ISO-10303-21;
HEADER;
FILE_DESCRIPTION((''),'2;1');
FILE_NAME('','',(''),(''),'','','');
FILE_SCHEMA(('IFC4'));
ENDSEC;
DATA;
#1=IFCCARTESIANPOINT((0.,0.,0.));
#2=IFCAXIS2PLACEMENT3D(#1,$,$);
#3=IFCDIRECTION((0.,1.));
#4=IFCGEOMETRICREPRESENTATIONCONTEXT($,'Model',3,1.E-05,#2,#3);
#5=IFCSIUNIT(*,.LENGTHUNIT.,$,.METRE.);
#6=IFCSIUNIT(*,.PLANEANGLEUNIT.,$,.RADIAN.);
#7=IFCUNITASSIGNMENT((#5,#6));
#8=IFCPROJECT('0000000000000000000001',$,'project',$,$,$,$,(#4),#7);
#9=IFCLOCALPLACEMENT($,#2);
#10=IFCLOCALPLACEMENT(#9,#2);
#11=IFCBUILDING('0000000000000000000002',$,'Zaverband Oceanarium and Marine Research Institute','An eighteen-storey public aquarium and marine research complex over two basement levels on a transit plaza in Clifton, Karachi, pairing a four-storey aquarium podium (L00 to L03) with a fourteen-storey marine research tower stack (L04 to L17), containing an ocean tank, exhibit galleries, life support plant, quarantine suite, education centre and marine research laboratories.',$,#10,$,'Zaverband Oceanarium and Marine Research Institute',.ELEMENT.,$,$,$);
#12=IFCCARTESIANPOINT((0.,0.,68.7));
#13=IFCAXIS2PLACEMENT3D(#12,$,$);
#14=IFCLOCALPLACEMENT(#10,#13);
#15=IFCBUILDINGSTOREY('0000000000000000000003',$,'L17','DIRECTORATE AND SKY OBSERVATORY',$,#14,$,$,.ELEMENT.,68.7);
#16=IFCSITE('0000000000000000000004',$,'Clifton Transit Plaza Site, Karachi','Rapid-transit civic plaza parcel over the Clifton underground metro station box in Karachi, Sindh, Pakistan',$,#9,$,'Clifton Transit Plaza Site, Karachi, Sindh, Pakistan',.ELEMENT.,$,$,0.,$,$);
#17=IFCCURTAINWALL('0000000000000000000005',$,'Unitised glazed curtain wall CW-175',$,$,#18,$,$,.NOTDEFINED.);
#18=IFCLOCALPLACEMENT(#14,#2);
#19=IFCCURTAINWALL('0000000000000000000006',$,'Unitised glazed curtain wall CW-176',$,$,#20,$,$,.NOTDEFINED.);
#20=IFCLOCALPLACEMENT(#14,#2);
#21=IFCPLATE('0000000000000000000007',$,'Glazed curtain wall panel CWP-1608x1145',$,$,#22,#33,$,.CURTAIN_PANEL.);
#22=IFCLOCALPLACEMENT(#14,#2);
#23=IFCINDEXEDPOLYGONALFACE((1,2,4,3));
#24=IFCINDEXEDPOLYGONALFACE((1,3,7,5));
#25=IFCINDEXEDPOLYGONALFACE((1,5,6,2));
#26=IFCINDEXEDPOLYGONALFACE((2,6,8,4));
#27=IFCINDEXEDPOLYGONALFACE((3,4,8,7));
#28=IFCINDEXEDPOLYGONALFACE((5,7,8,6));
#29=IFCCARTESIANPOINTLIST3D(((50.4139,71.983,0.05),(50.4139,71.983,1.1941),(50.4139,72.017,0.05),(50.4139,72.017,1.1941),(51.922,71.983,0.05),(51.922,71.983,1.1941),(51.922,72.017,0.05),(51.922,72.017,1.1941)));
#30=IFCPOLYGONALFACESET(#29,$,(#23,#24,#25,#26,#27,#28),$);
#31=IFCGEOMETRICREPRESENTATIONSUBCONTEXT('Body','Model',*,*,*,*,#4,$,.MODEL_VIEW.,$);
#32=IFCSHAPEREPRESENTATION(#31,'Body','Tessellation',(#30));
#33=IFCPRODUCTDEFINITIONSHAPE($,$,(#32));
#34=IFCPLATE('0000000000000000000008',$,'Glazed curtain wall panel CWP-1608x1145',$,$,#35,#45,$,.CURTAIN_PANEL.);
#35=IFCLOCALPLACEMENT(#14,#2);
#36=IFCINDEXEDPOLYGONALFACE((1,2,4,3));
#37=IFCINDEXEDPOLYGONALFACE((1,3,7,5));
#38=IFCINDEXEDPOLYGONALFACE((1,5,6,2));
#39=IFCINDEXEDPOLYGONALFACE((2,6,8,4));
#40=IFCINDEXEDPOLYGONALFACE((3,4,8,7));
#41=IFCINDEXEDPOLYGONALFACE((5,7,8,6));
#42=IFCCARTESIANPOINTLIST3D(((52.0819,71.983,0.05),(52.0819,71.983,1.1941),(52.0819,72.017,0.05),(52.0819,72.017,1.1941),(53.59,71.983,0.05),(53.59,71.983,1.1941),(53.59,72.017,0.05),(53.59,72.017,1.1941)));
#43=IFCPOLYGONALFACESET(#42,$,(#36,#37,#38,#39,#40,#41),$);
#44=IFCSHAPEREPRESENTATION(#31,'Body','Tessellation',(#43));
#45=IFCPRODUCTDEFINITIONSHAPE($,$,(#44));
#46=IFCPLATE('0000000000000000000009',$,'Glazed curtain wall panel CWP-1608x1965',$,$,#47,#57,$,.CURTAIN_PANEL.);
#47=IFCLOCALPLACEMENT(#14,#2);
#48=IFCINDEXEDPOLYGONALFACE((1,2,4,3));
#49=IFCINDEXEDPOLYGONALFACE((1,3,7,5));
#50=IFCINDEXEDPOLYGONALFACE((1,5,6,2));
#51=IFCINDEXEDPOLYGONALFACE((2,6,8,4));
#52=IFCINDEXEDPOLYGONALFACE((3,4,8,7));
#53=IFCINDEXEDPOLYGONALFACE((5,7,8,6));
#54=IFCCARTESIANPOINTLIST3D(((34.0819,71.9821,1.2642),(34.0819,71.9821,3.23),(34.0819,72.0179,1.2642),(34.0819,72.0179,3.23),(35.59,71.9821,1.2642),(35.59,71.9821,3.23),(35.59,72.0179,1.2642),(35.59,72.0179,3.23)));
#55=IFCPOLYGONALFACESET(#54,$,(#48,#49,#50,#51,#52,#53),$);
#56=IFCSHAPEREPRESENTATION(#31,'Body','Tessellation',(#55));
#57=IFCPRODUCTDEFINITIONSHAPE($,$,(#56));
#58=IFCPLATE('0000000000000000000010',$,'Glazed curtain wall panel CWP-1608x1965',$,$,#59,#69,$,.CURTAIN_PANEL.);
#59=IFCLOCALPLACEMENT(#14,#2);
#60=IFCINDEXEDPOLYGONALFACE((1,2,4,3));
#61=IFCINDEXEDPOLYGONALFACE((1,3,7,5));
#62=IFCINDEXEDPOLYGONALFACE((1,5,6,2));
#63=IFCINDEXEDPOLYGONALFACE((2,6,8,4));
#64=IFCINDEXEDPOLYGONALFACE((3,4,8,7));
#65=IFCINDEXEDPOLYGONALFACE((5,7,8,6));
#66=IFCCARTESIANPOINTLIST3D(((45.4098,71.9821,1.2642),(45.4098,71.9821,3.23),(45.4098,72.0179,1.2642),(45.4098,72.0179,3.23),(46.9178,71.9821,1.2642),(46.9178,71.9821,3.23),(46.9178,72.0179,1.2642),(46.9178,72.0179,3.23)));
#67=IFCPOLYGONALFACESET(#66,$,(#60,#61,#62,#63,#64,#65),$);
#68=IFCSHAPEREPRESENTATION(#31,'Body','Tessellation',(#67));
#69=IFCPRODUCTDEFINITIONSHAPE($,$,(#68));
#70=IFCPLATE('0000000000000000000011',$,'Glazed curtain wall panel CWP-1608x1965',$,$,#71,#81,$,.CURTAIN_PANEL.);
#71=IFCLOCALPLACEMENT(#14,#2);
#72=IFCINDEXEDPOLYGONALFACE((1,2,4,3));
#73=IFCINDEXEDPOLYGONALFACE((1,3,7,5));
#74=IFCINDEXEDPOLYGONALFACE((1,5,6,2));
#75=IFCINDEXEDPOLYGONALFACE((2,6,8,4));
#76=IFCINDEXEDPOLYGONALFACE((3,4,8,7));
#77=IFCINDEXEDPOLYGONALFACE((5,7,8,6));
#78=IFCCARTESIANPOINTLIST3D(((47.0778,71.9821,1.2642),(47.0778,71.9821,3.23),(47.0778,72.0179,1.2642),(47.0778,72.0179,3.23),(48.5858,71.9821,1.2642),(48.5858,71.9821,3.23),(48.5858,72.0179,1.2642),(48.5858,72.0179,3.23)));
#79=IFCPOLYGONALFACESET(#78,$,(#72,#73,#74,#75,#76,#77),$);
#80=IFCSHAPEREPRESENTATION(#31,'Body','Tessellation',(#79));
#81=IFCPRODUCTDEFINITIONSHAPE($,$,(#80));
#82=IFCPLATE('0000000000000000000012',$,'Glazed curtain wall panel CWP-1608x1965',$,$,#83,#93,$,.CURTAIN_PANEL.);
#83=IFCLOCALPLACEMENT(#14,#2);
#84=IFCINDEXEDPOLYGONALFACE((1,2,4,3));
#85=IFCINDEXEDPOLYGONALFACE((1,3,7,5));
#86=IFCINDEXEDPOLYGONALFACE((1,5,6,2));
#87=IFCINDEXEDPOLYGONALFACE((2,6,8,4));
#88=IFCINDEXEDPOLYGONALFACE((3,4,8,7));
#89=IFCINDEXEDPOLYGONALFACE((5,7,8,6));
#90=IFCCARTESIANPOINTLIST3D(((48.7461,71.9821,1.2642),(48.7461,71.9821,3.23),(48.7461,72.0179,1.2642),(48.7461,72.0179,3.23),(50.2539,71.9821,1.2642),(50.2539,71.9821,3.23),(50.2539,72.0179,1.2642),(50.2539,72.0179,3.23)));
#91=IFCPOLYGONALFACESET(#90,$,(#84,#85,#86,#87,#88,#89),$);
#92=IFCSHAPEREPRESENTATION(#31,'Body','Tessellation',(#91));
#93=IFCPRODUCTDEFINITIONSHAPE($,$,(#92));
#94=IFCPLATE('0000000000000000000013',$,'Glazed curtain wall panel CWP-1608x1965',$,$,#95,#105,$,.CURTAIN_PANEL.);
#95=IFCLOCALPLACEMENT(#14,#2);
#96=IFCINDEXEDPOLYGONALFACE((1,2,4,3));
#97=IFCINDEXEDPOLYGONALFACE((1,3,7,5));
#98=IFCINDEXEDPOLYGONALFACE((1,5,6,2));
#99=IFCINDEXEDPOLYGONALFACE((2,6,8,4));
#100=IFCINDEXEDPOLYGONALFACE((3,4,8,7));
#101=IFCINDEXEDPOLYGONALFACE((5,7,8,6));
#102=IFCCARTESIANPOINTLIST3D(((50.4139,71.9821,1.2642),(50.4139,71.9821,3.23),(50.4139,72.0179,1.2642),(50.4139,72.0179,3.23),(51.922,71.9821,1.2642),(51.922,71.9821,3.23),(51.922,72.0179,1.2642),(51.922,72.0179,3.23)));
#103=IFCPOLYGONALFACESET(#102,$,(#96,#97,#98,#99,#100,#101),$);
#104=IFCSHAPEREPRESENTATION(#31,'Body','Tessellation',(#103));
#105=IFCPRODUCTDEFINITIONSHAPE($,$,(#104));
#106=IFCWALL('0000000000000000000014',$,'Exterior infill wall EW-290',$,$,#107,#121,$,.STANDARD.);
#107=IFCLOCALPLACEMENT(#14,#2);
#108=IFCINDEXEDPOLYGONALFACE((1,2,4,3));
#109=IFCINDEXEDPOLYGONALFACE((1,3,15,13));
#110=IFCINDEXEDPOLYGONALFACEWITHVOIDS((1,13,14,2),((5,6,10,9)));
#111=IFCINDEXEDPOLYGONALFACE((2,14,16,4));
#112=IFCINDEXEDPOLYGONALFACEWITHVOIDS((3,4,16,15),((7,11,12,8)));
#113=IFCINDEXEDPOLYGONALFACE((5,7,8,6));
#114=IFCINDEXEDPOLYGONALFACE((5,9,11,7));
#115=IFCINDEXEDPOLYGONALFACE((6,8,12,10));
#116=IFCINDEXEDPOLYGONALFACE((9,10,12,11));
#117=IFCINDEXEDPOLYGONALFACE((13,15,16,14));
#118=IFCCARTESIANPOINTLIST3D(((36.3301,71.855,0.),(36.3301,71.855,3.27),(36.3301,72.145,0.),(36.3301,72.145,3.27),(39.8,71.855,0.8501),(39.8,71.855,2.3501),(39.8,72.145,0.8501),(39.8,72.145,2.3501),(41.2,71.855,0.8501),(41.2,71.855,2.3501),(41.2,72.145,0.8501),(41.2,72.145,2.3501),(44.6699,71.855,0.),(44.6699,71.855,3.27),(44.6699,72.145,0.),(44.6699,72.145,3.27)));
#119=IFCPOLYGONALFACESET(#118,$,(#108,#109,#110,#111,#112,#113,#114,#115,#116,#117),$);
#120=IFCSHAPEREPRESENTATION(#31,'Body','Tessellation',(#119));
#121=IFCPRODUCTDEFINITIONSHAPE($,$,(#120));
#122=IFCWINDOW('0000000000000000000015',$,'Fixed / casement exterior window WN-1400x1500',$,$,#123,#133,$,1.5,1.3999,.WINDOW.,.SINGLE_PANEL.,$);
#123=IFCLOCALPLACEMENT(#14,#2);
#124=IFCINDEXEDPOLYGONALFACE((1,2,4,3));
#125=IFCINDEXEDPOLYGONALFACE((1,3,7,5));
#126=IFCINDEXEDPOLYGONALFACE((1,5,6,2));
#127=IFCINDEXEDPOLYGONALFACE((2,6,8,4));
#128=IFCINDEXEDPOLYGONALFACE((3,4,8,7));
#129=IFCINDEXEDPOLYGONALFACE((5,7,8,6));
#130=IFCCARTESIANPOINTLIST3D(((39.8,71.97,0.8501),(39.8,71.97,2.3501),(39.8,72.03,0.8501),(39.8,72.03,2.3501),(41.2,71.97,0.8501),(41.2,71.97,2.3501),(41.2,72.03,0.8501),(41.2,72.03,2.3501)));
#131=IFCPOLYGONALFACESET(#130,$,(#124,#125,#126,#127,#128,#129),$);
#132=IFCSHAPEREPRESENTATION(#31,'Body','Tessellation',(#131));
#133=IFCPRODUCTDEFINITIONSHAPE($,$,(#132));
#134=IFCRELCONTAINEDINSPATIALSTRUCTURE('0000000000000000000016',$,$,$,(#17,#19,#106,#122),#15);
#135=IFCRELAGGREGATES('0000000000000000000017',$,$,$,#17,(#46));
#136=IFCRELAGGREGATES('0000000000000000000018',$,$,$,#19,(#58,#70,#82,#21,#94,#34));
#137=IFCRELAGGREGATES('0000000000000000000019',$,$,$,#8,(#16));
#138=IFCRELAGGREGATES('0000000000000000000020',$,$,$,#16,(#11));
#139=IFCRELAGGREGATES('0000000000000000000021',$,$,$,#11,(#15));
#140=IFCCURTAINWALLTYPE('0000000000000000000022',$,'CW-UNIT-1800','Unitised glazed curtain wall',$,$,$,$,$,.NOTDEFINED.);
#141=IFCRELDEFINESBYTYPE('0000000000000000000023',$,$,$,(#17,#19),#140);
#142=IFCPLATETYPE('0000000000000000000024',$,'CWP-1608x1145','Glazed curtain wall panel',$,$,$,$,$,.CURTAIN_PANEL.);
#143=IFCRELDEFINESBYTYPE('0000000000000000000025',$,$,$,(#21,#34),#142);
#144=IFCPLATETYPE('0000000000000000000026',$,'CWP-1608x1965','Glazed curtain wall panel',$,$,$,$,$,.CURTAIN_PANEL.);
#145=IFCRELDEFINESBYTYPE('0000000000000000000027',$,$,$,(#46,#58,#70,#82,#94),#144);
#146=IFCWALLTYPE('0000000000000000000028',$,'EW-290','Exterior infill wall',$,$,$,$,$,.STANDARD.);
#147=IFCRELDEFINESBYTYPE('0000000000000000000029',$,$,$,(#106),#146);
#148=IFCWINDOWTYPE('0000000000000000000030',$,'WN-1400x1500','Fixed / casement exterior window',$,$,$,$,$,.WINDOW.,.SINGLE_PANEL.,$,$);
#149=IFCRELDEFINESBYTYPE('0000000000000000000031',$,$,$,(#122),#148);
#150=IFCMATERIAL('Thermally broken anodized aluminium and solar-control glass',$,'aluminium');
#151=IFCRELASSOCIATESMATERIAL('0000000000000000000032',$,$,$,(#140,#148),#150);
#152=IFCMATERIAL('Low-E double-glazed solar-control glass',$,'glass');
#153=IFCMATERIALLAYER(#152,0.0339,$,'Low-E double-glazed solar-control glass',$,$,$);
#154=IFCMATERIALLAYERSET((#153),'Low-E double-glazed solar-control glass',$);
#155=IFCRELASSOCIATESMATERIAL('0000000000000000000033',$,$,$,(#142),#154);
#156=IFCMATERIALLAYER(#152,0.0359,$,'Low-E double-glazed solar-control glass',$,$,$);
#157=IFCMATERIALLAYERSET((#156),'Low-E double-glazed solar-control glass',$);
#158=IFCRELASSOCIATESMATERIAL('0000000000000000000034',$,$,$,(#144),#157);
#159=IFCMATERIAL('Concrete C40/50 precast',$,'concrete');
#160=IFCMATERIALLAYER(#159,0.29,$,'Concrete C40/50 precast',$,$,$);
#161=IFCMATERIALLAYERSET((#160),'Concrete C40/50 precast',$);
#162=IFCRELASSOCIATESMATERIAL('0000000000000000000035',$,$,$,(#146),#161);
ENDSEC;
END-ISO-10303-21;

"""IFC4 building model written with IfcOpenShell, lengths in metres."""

from ifc_helpers import new_model, si_unit, direction, frame, frame_2d, origin, place, context, subcontext, project, spatial, rectangle, extrude, material, layer, layer_set, type_object, element, fill, aggregate, save


model = new_model("IFC4")

# Units and contexts
model_context = context("Model", 3, precision=1e-05, world=origin(), true_north=direction((0.0, 1.0)))
body_context = subcontext(model_context, "Body", "Model", "MODEL_VIEW")
ifc_project = project(units=[si_unit("LENGTHUNIT", "METRE"), si_unit("PLANEANGLEUNIT", "RADIAN")], contexts=[model_context])

# Site, building, storey
site_placement = place(None, origin())
site = spatial("IfcSite", under=ifc_project, at=site_placement, Name="Clifton Transit Plaza Site, Karachi", Description="Rapid-transit civic plaza parcel over the Clifton underground metro station box in Karachi, Sindh, Pakistan", LongName="Clifton Transit Plaza Site, Karachi, Sindh, Pakistan", CompositionType="ELEMENT", RefElevation=0.0)
building_placement = place(site_placement, origin())
building = spatial("IfcBuilding", under=site, at=building_placement, Name="Zaverband Oceanarium and Marine Research Institute", Description="An eighteen-storey public aquarium and marine research complex over two basement levels on a transit plaza in Clifton, Karachi, pairing a four-storey aquarium podium (L00 to L03) with a fourteen-storey marine research tower stack (L04 to L17), containing an ocean tank, exhibit galleries, life support plant, quarantine suite, education centre and marine research laboratories.", LongName="Zaverband Oceanarium and Marine Research Institute", CompositionType="ELEMENT")
storey_placement = place(building_placement, frame((0.0, 0.0, 68.7)))
storey = spatial("IfcBuildingStorey", under=building, at=storey_placement, Name="L17", Description="DIRECTORATE AND SKY OBSERVATORY", CompositionType="ELEMENT", Elevation=68.7)

# Curtain walls
ifc_material_1 = material(Name="Thermally broken anodized aluminium and solar-control glass", Category="aluminium")
curtain_wall_type = type_object("IfcCurtainWallType", Name="CW-UNIT-1800", Description="Unitised glazed curtain wall", PredefinedType="NOTDEFINED", material=ifc_material_1)
curtain_wall_1_placement = place(storey_placement, origin())
curtain_wall_1 = element("IfcCurtainWall", 1, at=curtain_wall_1_placement, inside=storey, type_object=curtain_wall_type, Name="Unitised glazed curtain wall CW-175", PredefinedType="NOTDEFINED")
curtain_wall_2_placement = place(storey_placement, origin())
curtain_wall_2 = element("IfcCurtainWall", 2, at=curtain_wall_2_placement, inside=storey, type_object=curtain_wall_type, Name="Unitised glazed curtain wall CW-176", PredefinedType="NOTDEFINED")

# Plates
ifc_material_2 = material(Name="Low-E double-glazed solar-control glass", Category="glass")
ifc_layer_1 = layer(ifc_material_2, 0.0339, Name="Low-E double-glazed solar-control glass")
ifc_layer_set_1 = layer_set([ifc_layer_1], Name="Low-E double-glazed solar-control glass")
plate_type_1 = type_object("IfcPlateType", Name="CWP-1608x1145", Description="Glazed curtain wall panel", PredefinedType="CURTAIN_PANEL", material=ifc_layer_set_1)
plate_1_placement = place(storey_placement, frame((50.4141, 72.0, 0.05), z_axis=(0.0, 0.0, 1.0), x_axis=(1.0, 0.0, 0.0)))
plate_1 = element("IfcPlate", 3, at=plate_1_placement, type_object=plate_type_1, Name="Glazed curtain wall panel CWP-1608x1145", PredefinedType="CURTAIN_PANEL", context=body_context, shape_type="SweptSolid", body=[
    extrude(rectangle(XDim=1.5081, YDim=0.0339, at=frame_2d((0.7539, 0.0))), origin(), (0.0, 0.0, 1.0), 1.144),
])
plate_2_placement = place(storey_placement, frame((52.082, 72.0, 0.05), z_axis=(0.0, 0.0, 1.0), x_axis=(1.0, 0.0, 0.0)))
plate_2 = element("IfcPlate", 4, at=plate_2_placement, type_object=plate_type_1, Name="Glazed curtain wall panel CWP-1608x1145", PredefinedType="CURTAIN_PANEL", context=body_context, shape_type="SweptSolid", body=[
    extrude(rectangle(XDim=1.5081, YDim=0.0339, at=frame_2d((0.7539, 0.0))), origin(), (0.0, 0.0, 1.0), 1.144),
])
ifc_layer_2 = layer(ifc_material_2, 0.0359, Name="Low-E double-glazed solar-control glass")
ifc_layer_set_2 = layer_set([ifc_layer_2], Name="Low-E double-glazed solar-control glass")
plate_type_2 = type_object("IfcPlateType", Name="CWP-1608x1965", Description="Glazed curtain wall panel", PredefinedType="CURTAIN_PANEL", material=ifc_layer_set_2)
plate_3_placement = place(storey_placement, frame((34.082, 72.0, 1.2642), z_axis=(0.0, 0.0, 1.0), x_axis=(1.0, 0.0, 0.0)))
plate_3 = element("IfcPlate", 5, at=plate_3_placement, type_object=plate_type_2, Name="Glazed curtain wall panel CWP-1608x1965", PredefinedType="CURTAIN_PANEL", context=body_context, shape_type="SweptSolid", body=[
    extrude(rectangle(XDim=1.5081, YDim=0.0359, at=frame_2d((0.7539, 0.0))), origin(), (0.0, 0.0, 1.0), 1.9658),
])
aggregate(curtain_wall_1, [plate_3])
plate_4_placement = place(storey_placement, frame((45.4099, 72.0, 1.2642), z_axis=(0.0, 0.0, 1.0), x_axis=(1.0, 0.0, 0.0)))
plate_4 = element("IfcPlate", 6, at=plate_4_placement, type_object=plate_type_2, Name="Glazed curtain wall panel CWP-1608x1965", PredefinedType="CURTAIN_PANEL", context=body_context, shape_type="SweptSolid", body=[
    extrude(rectangle(XDim=1.5081, YDim=0.0359, at=frame_2d((0.7539, 0.0))), origin(), (0.0, 0.0, 1.0), 1.9658),
])
plate_5_placement = place(storey_placement, frame((47.0779, 72.0, 1.2642), z_axis=(0.0, 0.0, 1.0), x_axis=(1.0, 0.0, 0.0)))
plate_5 = element("IfcPlate", 7, at=plate_5_placement, type_object=plate_type_2, Name="Glazed curtain wall panel CWP-1608x1965", PredefinedType="CURTAIN_PANEL", context=body_context, shape_type="SweptSolid", body=[
    extrude(rectangle(XDim=1.5081, YDim=0.0359, at=frame_2d((0.7539, 0.0))), origin(), (0.0, 0.0, 1.0), 1.9658),
])
plate_6_placement = place(storey_placement, frame((48.7461, 72.0, 1.2642), z_axis=(0.0, 0.0, 1.0), x_axis=(1.0, 0.0, 0.0)))
plate_6 = element("IfcPlate", 8, at=plate_6_placement, type_object=plate_type_2, Name="Glazed curtain wall panel CWP-1608x1965", PredefinedType="CURTAIN_PANEL", context=body_context, shape_type="SweptSolid", body=[
    extrude(rectangle(XDim=1.5078, YDim=0.0359, at=frame_2d((0.7539, 0.0))), origin(), (0.0, 0.0, 1.0), 1.9658),
])
plate_7_placement = place(storey_placement, frame((50.4141, 72.0, 1.2642), z_axis=(0.0, 0.0, 1.0), x_axis=(1.0, 0.0, 0.0)))
plate_7 = element("IfcPlate", 9, at=plate_7_placement, type_object=plate_type_2, Name="Glazed curtain wall panel CWP-1608x1965", PredefinedType="CURTAIN_PANEL", context=body_context, shape_type="SweptSolid", body=[
    extrude(rectangle(XDim=1.5081, YDim=0.0359, at=frame_2d((0.7539, 0.0))), origin(), (0.0, 0.0, 1.0), 1.9658),
])
aggregate(curtain_wall_2, [plate_4, plate_5, plate_6, plate_1, plate_7, plate_2])

# Wall, opening, window
ifc_material_3 = material(Name="Concrete C40/50 precast", Category="concrete")
ifc_layer_3 = layer(ifc_material_3, 0.29, Name="Concrete C40/50 precast")
ifc_layer_set_3 = layer_set([ifc_layer_3], Name="Concrete C40/50 precast")
wall_type = type_object("IfcWallType", Name="EW-290", Description="Exterior infill wall", PredefinedType="STANDARD", material=ifc_layer_set_3)
wall_placement = place(storey_placement, frame((36.3301, 72.0, 0.0), z_axis=(0.0, 0.0, 1.0), x_axis=(1.0, 0.0, 0.0)))
wall = element("IfcWall", 10, at=wall_placement, inside=storey, type_object=wall_type, Name="Exterior infill wall EW-290", PredefinedType="STANDARD", context=body_context, shape_type="SweptSolid", body=[
    extrude(rectangle(XDim=8.3398, YDim=0.29, at=frame_2d((4.1699, 0.0))), origin(), (0.0, 0.0, 1.0), 3.27),
])
opening_placement = place(wall_placement, frame((3.47, 0.0, 0.8501)))
opening = element("IfcOpeningElement", 11, at=opening_placement, cuts=wall, PredefinedType="OPENING", context=body_context, shape_type="SweptSolid", body=[
    extrude(rectangle(XDim=1.3999, YDim=1.5, at=frame_2d((0.7, 0.75))), frame((0.0, 0.157, 0.0), z_axis=(0.0, -1.0, 0.0), x_axis=(1.0, 0.0, 0.0)), (0.0, 0.0, 1.0), 0.314),
])
window_type = type_object("IfcWindowType", Name="WN-1400x1500", Description="Fixed / casement exterior window", PartitioningType="SINGLE_PANEL", PredefinedType="WINDOW", material=ifc_material_1)
window_placement = place(opening_placement, origin())
window = element("IfcWindow", 12, at=window_placement, inside=storey, type_object=window_type, Name="Fixed / casement exterior window WN-1400x1500", OverallHeight=1.5, OverallWidth=1.3999, PartitioningType="SINGLE_PANEL", PredefinedType="WINDOW", context=body_context, shape_type="SweptSolid", body=[
    extrude(rectangle(XDim=1.3999, YDim=1.5, at=frame_2d((0.7, 0.75))), frame((0.0, 0.03, 0.0), z_axis=(0.0, -1.0, 0.0), x_axis=(1.0, 0.0, 0.0)), (0.0, 0.0, 1.0), 0.0601),
])
fill(opening, window)

save(model, "model.ifc")
